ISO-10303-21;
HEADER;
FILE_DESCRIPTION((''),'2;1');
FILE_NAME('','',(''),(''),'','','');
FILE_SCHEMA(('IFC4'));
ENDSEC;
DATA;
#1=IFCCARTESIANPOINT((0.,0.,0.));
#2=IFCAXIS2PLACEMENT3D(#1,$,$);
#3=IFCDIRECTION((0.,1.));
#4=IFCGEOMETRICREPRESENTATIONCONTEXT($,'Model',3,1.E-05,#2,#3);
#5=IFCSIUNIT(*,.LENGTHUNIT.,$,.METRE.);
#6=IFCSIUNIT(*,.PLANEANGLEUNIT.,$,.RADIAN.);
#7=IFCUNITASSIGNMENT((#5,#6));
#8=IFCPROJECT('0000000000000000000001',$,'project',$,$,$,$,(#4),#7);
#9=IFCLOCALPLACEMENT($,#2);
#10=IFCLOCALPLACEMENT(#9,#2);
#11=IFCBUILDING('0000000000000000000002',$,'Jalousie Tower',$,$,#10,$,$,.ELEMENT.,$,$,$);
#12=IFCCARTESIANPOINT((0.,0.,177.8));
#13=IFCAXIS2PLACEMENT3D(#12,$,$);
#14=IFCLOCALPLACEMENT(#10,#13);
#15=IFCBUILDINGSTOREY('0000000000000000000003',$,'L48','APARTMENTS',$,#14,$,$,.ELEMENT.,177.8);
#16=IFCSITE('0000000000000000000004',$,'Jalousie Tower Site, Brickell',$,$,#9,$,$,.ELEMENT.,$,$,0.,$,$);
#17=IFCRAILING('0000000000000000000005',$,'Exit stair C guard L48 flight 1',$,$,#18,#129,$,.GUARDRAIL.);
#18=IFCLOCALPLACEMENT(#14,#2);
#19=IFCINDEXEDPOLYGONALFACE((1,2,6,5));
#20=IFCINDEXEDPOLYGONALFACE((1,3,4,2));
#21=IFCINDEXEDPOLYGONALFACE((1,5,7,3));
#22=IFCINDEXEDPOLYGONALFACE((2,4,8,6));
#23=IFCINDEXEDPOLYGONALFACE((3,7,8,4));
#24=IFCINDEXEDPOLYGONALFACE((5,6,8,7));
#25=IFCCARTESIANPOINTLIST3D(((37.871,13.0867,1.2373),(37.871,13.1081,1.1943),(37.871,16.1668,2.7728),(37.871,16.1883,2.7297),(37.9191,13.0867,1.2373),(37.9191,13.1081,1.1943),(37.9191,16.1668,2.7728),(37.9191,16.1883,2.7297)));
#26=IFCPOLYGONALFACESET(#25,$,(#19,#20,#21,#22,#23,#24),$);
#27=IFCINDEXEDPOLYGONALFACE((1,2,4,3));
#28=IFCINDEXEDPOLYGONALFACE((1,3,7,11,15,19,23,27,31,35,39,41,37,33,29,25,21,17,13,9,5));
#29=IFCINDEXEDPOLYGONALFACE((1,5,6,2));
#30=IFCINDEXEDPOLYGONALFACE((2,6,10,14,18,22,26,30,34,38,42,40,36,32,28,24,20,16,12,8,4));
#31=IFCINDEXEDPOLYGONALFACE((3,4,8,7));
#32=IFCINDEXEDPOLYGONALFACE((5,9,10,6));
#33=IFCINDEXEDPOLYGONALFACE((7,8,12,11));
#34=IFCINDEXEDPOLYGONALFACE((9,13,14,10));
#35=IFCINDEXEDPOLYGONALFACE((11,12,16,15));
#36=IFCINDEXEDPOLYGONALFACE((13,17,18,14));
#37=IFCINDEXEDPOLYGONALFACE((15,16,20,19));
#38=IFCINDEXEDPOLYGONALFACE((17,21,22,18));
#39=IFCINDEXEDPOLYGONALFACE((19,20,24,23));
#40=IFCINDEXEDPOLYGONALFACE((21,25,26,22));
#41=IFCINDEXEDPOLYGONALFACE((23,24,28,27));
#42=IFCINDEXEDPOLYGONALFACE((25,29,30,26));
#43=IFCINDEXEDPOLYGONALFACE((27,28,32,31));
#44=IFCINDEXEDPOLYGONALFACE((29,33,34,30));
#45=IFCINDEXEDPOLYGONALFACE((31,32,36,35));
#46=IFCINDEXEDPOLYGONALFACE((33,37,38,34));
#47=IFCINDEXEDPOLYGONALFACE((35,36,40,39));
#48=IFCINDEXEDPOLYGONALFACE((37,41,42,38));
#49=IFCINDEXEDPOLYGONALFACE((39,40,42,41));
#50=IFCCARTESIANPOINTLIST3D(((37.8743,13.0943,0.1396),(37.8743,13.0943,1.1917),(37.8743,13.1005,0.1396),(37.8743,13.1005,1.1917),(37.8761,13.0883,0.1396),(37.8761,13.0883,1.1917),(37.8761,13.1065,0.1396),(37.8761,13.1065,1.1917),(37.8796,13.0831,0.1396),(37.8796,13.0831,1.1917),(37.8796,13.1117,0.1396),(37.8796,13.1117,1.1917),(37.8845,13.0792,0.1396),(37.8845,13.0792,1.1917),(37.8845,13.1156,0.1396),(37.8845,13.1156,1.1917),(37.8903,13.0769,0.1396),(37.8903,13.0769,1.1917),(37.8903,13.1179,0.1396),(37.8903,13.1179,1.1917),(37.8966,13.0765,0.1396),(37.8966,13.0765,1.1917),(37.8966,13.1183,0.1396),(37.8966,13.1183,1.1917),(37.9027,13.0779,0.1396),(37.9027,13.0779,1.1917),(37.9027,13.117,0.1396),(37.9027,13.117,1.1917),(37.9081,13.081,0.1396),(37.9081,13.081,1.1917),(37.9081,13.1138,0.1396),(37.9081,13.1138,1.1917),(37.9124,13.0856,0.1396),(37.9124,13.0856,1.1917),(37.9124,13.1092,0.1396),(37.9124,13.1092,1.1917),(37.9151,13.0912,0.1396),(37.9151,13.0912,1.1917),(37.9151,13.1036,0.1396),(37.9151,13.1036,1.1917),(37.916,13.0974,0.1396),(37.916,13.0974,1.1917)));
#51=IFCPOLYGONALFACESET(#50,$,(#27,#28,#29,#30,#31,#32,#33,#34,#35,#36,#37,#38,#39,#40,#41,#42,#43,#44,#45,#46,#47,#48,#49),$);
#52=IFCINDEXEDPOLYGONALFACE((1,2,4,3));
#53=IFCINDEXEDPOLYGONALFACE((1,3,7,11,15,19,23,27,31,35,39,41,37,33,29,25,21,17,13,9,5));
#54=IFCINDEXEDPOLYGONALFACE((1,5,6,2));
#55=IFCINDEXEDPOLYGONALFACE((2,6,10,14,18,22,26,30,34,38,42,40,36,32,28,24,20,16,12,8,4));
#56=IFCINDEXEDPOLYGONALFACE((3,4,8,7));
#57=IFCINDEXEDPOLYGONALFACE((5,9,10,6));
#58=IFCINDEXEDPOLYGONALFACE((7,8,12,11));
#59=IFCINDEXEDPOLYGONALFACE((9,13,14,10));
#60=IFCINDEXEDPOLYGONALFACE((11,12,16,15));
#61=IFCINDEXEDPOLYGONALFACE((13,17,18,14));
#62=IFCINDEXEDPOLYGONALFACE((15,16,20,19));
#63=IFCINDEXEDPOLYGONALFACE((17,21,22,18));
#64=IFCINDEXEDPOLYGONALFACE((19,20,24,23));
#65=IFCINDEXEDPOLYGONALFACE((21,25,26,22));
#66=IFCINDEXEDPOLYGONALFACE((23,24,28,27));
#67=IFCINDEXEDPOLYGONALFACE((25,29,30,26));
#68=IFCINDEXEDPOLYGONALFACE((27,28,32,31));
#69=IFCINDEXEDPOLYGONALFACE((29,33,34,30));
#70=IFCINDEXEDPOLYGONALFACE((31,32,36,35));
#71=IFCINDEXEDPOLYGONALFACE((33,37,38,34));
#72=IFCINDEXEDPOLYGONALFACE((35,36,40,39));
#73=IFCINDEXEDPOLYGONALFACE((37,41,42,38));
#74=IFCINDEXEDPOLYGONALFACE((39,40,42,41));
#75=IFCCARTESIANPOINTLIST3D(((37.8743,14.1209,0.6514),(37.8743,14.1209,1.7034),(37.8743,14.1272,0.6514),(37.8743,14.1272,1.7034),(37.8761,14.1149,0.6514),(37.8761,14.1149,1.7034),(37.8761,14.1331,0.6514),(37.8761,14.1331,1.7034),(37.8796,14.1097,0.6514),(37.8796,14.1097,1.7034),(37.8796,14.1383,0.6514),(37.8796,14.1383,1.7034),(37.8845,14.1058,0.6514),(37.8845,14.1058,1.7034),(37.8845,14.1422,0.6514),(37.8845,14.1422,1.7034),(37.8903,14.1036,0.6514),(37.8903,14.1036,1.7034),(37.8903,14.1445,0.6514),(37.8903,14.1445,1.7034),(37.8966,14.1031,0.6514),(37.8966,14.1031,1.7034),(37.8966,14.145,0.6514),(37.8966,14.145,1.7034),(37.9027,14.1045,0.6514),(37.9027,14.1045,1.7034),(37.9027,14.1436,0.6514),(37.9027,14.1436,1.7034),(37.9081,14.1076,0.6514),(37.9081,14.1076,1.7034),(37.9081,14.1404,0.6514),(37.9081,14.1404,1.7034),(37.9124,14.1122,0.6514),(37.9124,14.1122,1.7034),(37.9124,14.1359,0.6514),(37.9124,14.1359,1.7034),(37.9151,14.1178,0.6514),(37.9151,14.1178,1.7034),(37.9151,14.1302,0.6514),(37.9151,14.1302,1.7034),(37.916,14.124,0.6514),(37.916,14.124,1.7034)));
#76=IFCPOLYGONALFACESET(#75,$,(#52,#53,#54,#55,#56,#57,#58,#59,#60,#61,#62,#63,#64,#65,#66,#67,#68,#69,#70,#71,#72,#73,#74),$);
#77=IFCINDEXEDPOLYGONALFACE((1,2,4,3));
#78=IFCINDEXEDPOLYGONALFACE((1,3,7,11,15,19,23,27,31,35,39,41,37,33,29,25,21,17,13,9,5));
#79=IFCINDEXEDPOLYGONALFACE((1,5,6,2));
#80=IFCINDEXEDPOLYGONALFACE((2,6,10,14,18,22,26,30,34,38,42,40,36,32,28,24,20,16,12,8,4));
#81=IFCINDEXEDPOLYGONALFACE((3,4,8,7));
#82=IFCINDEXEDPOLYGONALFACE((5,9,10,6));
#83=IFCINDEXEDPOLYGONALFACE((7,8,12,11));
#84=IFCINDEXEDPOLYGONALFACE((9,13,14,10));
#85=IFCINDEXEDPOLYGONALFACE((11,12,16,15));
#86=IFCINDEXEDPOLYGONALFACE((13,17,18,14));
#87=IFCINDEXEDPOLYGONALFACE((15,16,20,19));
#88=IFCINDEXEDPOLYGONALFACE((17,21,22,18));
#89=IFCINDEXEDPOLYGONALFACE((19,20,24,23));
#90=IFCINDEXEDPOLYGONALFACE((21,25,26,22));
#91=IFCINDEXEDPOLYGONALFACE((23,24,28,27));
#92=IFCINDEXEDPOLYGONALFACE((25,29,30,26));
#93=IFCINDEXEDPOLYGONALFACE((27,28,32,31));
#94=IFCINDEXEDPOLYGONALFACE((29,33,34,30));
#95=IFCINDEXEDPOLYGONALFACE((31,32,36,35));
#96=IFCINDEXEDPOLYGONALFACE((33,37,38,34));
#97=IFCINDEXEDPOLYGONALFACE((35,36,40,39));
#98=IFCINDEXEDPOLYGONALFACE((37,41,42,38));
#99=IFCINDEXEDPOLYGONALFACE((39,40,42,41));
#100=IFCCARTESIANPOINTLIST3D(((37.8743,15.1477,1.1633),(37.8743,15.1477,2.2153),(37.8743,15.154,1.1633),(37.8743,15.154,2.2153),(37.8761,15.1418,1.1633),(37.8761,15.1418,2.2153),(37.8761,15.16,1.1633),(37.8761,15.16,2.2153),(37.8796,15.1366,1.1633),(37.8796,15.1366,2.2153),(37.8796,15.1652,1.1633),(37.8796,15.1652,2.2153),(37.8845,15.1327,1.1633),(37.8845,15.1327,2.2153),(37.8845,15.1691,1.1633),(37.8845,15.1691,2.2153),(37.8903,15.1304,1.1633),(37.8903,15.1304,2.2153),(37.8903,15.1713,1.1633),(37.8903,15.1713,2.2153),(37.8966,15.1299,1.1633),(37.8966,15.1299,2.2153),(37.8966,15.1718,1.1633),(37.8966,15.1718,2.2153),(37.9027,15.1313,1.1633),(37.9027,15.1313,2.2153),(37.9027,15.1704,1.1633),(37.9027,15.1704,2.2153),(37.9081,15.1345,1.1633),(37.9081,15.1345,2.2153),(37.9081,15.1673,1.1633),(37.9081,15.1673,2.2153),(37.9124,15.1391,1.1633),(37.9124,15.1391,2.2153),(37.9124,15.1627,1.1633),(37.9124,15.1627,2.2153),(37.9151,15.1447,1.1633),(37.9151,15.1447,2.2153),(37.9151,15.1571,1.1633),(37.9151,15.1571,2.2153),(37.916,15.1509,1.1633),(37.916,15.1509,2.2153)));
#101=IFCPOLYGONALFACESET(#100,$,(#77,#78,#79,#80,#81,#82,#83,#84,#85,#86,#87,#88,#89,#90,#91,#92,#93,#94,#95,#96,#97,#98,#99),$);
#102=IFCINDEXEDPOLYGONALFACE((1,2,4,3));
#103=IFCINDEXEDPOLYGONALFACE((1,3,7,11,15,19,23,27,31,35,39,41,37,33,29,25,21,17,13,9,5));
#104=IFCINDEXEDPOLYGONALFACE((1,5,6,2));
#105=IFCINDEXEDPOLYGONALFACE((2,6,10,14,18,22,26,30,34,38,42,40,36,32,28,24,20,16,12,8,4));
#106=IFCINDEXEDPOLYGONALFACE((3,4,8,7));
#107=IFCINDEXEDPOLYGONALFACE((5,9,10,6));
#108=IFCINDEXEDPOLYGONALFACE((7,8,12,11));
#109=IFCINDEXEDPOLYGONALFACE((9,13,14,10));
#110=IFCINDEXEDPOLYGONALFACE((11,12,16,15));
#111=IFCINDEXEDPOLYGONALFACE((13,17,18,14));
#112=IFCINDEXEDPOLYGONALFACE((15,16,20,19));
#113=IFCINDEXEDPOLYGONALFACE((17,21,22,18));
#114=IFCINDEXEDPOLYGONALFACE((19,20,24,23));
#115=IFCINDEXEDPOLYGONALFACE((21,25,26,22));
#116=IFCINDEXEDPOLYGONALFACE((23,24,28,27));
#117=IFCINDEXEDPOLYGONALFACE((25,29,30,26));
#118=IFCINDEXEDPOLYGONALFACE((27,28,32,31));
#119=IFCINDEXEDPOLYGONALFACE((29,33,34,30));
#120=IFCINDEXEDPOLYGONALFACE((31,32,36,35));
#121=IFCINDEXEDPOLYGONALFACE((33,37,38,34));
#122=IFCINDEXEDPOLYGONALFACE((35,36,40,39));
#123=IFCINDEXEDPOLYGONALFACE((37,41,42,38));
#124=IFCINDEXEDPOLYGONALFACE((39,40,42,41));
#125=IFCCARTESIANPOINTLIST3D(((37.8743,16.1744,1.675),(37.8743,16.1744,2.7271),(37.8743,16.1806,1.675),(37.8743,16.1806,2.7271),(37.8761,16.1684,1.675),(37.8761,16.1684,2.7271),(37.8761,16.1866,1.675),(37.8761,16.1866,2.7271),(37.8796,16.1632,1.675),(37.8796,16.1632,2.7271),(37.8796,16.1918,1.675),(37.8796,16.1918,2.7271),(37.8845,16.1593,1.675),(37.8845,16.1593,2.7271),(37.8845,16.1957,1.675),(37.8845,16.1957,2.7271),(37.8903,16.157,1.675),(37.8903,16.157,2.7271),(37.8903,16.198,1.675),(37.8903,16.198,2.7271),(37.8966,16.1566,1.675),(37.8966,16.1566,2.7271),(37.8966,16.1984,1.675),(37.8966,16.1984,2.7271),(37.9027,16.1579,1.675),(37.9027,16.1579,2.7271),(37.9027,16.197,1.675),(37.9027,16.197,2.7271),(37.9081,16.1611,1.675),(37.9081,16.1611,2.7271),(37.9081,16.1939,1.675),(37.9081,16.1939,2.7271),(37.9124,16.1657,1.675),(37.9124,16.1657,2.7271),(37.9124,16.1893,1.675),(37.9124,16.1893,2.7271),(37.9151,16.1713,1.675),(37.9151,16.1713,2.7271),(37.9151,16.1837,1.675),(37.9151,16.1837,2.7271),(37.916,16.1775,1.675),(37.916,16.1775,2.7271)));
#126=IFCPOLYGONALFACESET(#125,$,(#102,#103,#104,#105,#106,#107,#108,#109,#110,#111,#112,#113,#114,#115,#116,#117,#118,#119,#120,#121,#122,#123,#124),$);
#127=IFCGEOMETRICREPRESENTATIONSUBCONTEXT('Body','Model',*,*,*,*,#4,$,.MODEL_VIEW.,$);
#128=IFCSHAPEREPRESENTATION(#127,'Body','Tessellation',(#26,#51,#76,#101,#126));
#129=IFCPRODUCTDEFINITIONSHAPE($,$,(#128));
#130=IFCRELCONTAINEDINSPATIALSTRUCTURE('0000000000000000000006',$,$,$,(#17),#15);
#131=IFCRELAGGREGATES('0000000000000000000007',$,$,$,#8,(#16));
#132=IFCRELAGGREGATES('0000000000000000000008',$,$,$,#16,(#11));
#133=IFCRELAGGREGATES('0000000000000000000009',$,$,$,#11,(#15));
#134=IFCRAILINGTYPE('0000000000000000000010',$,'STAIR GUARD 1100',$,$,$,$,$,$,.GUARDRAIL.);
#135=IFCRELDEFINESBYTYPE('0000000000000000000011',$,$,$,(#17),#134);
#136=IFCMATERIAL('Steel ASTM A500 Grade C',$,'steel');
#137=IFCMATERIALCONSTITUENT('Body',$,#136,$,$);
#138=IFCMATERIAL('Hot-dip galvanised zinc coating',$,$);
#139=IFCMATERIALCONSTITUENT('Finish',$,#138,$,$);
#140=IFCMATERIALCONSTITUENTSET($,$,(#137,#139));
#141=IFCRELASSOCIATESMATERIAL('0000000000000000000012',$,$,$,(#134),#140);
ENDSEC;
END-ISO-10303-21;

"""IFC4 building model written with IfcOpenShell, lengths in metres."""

from ifc_helpers import new_model, si_unit, direction, frame, origin, origin_2d, place, context, subcontext, project, spatial, rectangle, circle, extrude, material, constituent, constituent_set, type_object, element, save


model = new_model("IFC4")

# Units and contexts
model_context = context("Model", 3, precision=1e-05, world=origin(), true_north=direction((0.0, 1.0)))
body_context = subcontext(model_context, "Body", "Model", "MODEL_VIEW")
ifc_project = project(units=[si_unit("LENGTHUNIT", "METRE"), si_unit("PLANEANGLEUNIT", "RADIAN")], contexts=[model_context])

# Site, building, storey
site_placement = place(None, origin())
site = spatial("IfcSite", under=ifc_project, at=site_placement, Name="Jalousie Tower Site, Brickell", CompositionType="ELEMENT", RefElevation=0.0)
building_placement = place(site_placement, origin())
building = spatial("IfcBuilding", under=site, at=building_placement, Name="Jalousie Tower", CompositionType="ELEMENT")
storey_placement = place(building_placement, frame((0.0, 0.0, 177.8)))
storey = spatial("IfcBuildingStorey", under=building, at=storey_placement, Name="L48", Description="APARTMENTS", CompositionType="ELEMENT", Elevation=177.8)

# Railing
ifc_material_1 = material(Name="Steel ASTM A500 Grade C", Category="steel")
ifc_constituent_1 = constituent(ifc_material_1, Name="Body")
ifc_material_2 = material(Name="Hot-dip galvanised zinc coating")
ifc_constituent_2 = constituent(ifc_material_2, Name="Finish")
ifc_constituent_set_1 = constituent_set(constituents=[ifc_constituent_1, ifc_constituent_2])
railing_type_1 = type_object("IfcRailingType", Name="STAIR GUARD 1100", PredefinedType="GUARDRAIL", material=ifc_constituent_set_1)
railing_1_placement = place(storey_placement, frame((37.895, 13.0974, 0.1396)))
element("IfcRailing", 1, at=railing_1_placement, inside=storey, type_object=railing_type_1, Name="Exit stair C guard L48 flight 1", PredefinedType="GUARDRAIL", context=body_context, shape_type="SweptSolid", body=[
    extrude(rectangle(XDim=0.0481, YDim=0.0481, at=origin_2d()), frame((0.0, 0.0, 1.0762), z_axis=(0.0, 0.894966, 0.446135), x_axis=(-1.0, 0.0, 0.0)), (0.0, 0.0, 1.0), 3.4417),
    extrude(circle(Radius=0.021, at=origin_2d()), origin(), (0.0, 0.0, 1.0), 1.052),
    extrude(circle(Radius=0.021, at=origin_2d()), frame((0.0, 1.0266, 0.5117)), (0.0, 0.0, 1.0), 1.052),
    extrude(circle(Radius=0.021, at=origin_2d()), frame((0.0, 2.0535, 1.0237)), (0.0, 0.0, 1.0), 1.052),
    extrude(circle(Radius=0.021, at=origin_2d()), frame((0.0, 3.0801, 1.5354)), (0.0, 0.0, 1.0), 1.052),
])

save(model, "model.ifc")
